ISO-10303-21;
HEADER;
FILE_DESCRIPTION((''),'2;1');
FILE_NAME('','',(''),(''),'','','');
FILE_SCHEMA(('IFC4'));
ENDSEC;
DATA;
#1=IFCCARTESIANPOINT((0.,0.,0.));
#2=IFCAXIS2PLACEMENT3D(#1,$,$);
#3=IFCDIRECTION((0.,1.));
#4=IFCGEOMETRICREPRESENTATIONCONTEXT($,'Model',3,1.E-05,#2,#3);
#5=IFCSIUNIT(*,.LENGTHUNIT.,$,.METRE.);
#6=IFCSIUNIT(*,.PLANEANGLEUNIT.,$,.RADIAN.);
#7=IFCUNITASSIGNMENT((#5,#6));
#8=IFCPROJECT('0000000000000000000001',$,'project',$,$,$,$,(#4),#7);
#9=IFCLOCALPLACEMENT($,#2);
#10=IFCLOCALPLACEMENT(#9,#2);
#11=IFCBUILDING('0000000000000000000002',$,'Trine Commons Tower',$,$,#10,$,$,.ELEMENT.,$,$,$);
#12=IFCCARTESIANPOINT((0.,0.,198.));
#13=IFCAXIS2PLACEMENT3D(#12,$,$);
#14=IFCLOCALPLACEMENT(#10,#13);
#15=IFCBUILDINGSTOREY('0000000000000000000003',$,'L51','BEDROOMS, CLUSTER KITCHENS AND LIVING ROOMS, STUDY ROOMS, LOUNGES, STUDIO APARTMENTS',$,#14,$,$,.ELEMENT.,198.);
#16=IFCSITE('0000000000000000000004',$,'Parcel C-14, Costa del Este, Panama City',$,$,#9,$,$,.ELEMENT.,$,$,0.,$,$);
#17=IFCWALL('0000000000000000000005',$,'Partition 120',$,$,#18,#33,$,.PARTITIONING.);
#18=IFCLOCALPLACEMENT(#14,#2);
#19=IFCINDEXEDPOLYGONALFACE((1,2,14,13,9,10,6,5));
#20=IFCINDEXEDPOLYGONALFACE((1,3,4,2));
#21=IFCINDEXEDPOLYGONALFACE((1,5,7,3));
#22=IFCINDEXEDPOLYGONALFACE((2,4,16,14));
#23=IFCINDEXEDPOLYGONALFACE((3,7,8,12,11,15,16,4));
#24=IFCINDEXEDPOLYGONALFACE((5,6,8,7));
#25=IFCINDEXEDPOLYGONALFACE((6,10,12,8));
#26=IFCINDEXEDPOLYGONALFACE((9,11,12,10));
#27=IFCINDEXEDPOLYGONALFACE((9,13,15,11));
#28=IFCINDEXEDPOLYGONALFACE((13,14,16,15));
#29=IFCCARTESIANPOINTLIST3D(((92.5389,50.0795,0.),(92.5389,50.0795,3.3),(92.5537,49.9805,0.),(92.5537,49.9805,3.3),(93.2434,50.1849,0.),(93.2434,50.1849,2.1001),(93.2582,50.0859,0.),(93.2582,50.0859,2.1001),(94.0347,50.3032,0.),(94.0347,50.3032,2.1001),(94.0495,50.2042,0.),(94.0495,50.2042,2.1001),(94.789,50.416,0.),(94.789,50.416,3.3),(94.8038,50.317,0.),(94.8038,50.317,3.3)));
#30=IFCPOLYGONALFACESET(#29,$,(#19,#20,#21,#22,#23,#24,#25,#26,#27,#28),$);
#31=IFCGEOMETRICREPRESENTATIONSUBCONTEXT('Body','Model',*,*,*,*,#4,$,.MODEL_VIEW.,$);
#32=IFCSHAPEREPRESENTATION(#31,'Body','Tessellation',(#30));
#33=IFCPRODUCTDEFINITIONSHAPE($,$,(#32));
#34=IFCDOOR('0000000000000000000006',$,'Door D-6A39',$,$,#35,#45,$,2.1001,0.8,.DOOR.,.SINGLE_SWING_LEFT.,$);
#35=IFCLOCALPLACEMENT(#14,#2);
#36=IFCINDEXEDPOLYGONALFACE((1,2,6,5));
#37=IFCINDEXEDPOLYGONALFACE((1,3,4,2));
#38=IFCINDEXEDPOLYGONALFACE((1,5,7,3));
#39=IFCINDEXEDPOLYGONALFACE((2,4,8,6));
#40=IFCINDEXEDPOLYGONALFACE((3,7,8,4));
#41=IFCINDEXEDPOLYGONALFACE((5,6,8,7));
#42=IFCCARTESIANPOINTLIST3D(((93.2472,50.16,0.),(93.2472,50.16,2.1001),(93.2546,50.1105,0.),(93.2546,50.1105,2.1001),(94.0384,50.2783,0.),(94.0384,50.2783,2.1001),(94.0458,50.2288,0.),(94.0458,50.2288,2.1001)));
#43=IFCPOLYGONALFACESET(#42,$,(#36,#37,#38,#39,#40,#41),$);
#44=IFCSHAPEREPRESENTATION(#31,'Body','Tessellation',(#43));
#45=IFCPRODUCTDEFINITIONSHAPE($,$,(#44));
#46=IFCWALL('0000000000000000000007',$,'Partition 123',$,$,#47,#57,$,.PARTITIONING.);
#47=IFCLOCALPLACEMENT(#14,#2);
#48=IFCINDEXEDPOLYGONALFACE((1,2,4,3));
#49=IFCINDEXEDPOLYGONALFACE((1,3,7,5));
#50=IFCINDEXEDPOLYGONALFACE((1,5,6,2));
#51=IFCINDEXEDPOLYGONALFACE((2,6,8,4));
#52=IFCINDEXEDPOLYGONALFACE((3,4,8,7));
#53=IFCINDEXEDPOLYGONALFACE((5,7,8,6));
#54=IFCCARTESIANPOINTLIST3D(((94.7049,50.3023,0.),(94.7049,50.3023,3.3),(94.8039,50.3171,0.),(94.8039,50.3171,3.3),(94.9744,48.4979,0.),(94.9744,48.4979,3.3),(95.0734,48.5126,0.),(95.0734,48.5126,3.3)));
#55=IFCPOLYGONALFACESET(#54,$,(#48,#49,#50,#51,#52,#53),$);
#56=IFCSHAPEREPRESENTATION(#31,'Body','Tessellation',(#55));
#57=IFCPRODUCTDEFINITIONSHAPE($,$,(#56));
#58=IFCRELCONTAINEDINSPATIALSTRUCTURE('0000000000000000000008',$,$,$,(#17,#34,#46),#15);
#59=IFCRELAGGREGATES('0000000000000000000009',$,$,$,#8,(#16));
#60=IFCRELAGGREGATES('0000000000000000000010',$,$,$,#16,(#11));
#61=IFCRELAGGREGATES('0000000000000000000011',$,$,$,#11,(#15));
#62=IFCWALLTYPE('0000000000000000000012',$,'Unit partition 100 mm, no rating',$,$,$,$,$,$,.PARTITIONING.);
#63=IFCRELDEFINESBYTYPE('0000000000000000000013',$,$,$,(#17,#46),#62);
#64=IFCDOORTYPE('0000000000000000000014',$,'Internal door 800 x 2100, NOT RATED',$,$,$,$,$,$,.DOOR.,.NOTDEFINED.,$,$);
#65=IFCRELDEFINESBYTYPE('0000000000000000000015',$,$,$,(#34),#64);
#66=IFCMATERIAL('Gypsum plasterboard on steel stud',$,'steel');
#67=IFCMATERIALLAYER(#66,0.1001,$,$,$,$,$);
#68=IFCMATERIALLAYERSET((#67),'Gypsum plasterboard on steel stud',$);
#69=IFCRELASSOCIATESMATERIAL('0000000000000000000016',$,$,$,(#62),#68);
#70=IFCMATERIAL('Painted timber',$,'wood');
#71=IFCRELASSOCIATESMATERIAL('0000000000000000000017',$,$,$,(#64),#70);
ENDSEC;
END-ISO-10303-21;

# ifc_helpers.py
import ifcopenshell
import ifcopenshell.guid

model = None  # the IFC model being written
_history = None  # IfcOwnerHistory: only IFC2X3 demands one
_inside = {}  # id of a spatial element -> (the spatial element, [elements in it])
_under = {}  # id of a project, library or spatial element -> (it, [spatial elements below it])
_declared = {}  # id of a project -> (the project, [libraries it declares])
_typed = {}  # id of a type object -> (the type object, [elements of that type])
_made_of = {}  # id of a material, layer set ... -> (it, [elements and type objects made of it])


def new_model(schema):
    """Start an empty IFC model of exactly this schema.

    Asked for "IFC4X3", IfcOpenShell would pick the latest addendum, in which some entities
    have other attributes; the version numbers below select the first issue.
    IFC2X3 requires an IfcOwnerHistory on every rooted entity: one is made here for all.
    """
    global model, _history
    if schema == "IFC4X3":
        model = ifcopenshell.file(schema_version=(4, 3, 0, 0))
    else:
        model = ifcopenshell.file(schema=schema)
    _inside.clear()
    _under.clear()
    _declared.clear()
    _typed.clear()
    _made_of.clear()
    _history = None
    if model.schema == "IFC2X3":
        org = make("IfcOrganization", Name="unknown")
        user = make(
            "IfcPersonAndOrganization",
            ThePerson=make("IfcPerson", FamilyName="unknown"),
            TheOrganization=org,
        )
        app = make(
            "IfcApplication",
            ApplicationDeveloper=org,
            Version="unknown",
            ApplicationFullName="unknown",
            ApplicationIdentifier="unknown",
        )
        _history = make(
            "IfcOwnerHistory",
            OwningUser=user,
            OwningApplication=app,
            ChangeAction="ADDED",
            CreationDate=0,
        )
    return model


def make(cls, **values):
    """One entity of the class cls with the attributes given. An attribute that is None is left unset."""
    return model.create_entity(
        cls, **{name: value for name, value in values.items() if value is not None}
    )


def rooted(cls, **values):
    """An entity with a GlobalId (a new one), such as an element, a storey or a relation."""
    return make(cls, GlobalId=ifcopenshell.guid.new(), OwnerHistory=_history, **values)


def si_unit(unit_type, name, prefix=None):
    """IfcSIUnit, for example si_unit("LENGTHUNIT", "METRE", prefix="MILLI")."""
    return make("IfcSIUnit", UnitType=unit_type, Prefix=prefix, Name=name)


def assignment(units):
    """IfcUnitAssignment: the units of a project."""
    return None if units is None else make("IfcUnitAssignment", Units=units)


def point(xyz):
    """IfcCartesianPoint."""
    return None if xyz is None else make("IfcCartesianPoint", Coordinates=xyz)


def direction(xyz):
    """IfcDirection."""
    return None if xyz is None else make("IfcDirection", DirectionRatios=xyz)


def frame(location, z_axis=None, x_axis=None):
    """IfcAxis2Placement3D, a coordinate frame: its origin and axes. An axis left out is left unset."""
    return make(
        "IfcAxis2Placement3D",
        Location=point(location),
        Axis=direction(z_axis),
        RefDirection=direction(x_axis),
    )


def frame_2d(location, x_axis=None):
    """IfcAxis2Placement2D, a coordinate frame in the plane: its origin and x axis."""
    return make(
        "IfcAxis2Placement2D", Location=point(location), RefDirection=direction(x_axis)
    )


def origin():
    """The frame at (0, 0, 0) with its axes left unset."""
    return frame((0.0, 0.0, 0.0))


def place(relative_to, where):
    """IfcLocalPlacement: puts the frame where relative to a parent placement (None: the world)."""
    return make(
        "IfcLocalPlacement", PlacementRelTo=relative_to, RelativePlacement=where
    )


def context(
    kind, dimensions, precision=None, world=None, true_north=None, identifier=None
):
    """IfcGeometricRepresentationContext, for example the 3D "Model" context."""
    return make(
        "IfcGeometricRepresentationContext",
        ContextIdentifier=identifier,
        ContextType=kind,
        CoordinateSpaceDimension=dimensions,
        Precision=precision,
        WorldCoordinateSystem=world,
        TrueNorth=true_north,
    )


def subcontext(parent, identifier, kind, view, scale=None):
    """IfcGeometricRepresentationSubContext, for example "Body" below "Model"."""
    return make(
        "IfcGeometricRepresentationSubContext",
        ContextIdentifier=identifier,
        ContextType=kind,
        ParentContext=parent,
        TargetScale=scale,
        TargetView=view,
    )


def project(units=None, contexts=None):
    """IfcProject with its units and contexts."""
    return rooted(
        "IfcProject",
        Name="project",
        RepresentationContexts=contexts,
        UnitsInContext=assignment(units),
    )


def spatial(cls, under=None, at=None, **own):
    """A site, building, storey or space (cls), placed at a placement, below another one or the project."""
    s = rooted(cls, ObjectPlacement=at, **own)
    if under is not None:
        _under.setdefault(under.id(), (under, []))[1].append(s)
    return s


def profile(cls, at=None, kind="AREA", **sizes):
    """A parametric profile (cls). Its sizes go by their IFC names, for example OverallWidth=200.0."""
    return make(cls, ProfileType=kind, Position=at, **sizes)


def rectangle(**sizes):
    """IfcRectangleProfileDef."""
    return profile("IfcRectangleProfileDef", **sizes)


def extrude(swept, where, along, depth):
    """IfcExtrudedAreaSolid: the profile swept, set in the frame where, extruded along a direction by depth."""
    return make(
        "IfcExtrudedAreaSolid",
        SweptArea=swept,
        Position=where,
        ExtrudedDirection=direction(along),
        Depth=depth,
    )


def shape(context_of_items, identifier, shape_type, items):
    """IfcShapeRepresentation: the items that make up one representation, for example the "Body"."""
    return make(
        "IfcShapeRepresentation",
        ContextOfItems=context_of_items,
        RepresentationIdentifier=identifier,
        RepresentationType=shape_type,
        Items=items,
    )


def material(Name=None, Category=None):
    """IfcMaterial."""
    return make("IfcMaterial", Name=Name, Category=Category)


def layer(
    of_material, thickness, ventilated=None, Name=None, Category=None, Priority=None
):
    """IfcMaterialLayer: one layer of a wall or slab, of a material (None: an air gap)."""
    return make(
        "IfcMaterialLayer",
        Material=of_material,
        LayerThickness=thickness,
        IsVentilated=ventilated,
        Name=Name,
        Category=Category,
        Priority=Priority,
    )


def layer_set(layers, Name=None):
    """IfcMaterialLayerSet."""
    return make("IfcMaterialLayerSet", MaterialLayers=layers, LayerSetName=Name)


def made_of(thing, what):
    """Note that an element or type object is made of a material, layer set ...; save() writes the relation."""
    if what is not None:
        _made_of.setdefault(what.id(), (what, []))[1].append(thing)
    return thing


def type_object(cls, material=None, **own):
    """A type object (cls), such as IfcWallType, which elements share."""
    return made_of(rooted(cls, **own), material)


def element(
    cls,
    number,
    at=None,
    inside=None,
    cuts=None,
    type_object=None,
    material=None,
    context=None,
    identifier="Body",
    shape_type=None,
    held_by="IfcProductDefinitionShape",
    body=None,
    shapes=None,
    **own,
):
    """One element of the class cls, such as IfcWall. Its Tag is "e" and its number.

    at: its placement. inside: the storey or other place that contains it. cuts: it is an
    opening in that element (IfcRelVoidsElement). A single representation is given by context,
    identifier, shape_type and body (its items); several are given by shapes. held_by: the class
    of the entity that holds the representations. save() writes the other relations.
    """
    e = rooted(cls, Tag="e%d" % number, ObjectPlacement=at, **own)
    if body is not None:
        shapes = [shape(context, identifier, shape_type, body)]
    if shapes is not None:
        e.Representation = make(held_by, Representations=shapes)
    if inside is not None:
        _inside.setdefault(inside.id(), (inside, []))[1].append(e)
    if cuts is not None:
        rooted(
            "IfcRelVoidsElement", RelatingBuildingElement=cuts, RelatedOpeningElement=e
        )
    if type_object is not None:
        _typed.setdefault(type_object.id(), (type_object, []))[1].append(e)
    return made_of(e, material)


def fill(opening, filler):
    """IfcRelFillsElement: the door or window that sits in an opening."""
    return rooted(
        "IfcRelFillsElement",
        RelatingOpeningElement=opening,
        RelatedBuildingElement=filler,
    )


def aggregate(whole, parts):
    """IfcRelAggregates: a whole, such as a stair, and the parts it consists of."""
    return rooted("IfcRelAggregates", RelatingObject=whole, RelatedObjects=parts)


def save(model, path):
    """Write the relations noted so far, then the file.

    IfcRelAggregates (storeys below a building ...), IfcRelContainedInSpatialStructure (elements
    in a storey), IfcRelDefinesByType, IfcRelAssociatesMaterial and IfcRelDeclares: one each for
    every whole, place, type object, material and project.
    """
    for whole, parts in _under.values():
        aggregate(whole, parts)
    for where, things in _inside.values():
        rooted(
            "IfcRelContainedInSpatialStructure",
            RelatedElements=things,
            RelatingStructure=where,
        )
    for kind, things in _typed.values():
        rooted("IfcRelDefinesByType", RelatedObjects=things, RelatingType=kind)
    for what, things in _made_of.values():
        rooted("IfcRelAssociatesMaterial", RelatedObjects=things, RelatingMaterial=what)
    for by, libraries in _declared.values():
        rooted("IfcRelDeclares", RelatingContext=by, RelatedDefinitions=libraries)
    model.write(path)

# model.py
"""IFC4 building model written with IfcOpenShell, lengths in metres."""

from ifc_helpers import new_model, si_unit, direction, frame, frame_2d, origin, place, context, subcontext, project, spatial, rectangle, extrude, material, layer, layer_set, type_object, element, fill, save


model = new_model("IFC4")

# Units and contexts
model_context = context("Model", 3, precision=1e-05, world=origin(), true_north=direction((0.0, 1.0)))
body_context = subcontext(model_context, "Body", "Model", "MODEL_VIEW")
ifc_project = project(units=[si_unit("LENGTHUNIT", "METRE"), si_unit("PLANEANGLEUNIT", "RADIAN")], contexts=[model_context])

# Site, building, storey
site_placement = place(None, origin())
site = spatial("IfcSite", under=ifc_project, at=site_placement, Name="Parcel C-14, Costa del Este, Panama City", CompositionType="ELEMENT", RefElevation=0.0)
building_placement = place(site_placement, origin())
building = spatial("IfcBuilding", under=site, at=building_placement, Name="Trine Commons Tower", CompositionType="ELEMENT")
storey_placement = place(building_placement, frame((0.0, 0.0, 198.0)))
storey = spatial("IfcBuildingStorey", under=building, at=storey_placement, Name="L51", Description="BEDROOMS, CLUSTER KITCHENS AND LIVING ROOMS, STUDY ROOMS, LOUNGES, STUDIO APARTMENTS", CompositionType="ELEMENT", Elevation=198.0)

# Shared definitions
ifc_material_1 = material(Name="Gypsum plasterboard on steel stud", Category="steel")

# Wall, opening, door
ifc_layer_1 = layer(ifc_material_1, 0.1001)
ifc_layer_set_1 = layer_set([ifc_layer_1], Name="Gypsum plasterboard on steel stud")
wall_type_1 = type_object("IfcWallType", Name="Unit partition 100 mm, no rating", PredefinedType="PARTITIONING", material=ifc_layer_set_1)
wall_1_placement = place(storey_placement, frame((92.5461, 50.03, 0.0), z_axis=(0.0, 0.0, 1.0), x_axis=(0.989008, 0.147863, 0.0)))
wall_1 = element("IfcWall", 1, at=wall_1_placement, inside=storey, type_object=wall_type_1, Name="Partition 120", PredefinedType="PARTITIONING", context=body_context, shape_type="SweptSolid", body=[
    extrude(rectangle(XDim=2.2751, YDim=0.1001, at=frame_2d((1.1377, 0.0))), origin(), (0.0, 0.0, 1.0), 3.3),
])
opening_1_placement = place(wall_1_placement, frame((0.7126, 0.0, 0.0)))
opening_1 = element("IfcOpeningElement", 2, at=opening_1_placement, cuts=wall_1, PredefinedType="OPENING", context=body_context, shape_type="SweptSolid", body=[
    extrude(rectangle(XDim=0.8, YDim=2.1001, at=frame_2d((0.3999, 1.05))), frame((0.0, 0.0601, 0.0), z_axis=(0.0, -1.0, 0.0), x_axis=(1.0, 0.0, 0.0)), (0.0, 0.0, 1.0), 0.1201),
])
ifc_material_2 = material(Name="Painted timber", Category="wood")
door_type_1 = type_object("IfcDoorType", Name="Internal door 800 x 2100, NOT RATED", OperationType="NOTDEFINED", PredefinedType="DOOR", material=ifc_material_2)
door_1_placement = place(opening_1_placement, origin())
door_1 = element("IfcDoor", 3, at=door_1_placement, inside=storey, type_object=door_type_1, Name="Door D-6A39", OperationType="SINGLE_SWING_LEFT", OverallHeight=2.1001, OverallWidth=0.8, PredefinedType="DOOR", context=body_context, shape_type="SweptSolid", body=[
    extrude(rectangle(XDim=0.8, YDim=2.1001, at=frame_2d((0.3999, 1.05))), frame((0.0, 0.0249, 0.0), z_axis=(0.0, -1.0, 0.0), x_axis=(1.0, 0.0, 0.0)), (0.0, 0.0, 1.0), 0.05),
])
fill(opening_1, door_1)

# Wall
wall_2_placement = place(storey_placement, frame((94.7544, 50.3096, 0.0), z_axis=(0.0, 0.0, 1.0), x_axis=(0.147732, -0.989027, 0.0)))
element("IfcWall", 4, at=wall_2_placement, inside=storey, type_object=wall_type_1, Name="Partition 123", PredefinedType="PARTITIONING", context=body_context, shape_type="SweptSolid", body=[
    extrude(rectangle(XDim=1.8245, YDim=0.1001, at=frame_2d((0.9121, 0.0))), origin(), (0.0, 0.0, 1.0), 3.3),
])

save(model, "model.ifc")
